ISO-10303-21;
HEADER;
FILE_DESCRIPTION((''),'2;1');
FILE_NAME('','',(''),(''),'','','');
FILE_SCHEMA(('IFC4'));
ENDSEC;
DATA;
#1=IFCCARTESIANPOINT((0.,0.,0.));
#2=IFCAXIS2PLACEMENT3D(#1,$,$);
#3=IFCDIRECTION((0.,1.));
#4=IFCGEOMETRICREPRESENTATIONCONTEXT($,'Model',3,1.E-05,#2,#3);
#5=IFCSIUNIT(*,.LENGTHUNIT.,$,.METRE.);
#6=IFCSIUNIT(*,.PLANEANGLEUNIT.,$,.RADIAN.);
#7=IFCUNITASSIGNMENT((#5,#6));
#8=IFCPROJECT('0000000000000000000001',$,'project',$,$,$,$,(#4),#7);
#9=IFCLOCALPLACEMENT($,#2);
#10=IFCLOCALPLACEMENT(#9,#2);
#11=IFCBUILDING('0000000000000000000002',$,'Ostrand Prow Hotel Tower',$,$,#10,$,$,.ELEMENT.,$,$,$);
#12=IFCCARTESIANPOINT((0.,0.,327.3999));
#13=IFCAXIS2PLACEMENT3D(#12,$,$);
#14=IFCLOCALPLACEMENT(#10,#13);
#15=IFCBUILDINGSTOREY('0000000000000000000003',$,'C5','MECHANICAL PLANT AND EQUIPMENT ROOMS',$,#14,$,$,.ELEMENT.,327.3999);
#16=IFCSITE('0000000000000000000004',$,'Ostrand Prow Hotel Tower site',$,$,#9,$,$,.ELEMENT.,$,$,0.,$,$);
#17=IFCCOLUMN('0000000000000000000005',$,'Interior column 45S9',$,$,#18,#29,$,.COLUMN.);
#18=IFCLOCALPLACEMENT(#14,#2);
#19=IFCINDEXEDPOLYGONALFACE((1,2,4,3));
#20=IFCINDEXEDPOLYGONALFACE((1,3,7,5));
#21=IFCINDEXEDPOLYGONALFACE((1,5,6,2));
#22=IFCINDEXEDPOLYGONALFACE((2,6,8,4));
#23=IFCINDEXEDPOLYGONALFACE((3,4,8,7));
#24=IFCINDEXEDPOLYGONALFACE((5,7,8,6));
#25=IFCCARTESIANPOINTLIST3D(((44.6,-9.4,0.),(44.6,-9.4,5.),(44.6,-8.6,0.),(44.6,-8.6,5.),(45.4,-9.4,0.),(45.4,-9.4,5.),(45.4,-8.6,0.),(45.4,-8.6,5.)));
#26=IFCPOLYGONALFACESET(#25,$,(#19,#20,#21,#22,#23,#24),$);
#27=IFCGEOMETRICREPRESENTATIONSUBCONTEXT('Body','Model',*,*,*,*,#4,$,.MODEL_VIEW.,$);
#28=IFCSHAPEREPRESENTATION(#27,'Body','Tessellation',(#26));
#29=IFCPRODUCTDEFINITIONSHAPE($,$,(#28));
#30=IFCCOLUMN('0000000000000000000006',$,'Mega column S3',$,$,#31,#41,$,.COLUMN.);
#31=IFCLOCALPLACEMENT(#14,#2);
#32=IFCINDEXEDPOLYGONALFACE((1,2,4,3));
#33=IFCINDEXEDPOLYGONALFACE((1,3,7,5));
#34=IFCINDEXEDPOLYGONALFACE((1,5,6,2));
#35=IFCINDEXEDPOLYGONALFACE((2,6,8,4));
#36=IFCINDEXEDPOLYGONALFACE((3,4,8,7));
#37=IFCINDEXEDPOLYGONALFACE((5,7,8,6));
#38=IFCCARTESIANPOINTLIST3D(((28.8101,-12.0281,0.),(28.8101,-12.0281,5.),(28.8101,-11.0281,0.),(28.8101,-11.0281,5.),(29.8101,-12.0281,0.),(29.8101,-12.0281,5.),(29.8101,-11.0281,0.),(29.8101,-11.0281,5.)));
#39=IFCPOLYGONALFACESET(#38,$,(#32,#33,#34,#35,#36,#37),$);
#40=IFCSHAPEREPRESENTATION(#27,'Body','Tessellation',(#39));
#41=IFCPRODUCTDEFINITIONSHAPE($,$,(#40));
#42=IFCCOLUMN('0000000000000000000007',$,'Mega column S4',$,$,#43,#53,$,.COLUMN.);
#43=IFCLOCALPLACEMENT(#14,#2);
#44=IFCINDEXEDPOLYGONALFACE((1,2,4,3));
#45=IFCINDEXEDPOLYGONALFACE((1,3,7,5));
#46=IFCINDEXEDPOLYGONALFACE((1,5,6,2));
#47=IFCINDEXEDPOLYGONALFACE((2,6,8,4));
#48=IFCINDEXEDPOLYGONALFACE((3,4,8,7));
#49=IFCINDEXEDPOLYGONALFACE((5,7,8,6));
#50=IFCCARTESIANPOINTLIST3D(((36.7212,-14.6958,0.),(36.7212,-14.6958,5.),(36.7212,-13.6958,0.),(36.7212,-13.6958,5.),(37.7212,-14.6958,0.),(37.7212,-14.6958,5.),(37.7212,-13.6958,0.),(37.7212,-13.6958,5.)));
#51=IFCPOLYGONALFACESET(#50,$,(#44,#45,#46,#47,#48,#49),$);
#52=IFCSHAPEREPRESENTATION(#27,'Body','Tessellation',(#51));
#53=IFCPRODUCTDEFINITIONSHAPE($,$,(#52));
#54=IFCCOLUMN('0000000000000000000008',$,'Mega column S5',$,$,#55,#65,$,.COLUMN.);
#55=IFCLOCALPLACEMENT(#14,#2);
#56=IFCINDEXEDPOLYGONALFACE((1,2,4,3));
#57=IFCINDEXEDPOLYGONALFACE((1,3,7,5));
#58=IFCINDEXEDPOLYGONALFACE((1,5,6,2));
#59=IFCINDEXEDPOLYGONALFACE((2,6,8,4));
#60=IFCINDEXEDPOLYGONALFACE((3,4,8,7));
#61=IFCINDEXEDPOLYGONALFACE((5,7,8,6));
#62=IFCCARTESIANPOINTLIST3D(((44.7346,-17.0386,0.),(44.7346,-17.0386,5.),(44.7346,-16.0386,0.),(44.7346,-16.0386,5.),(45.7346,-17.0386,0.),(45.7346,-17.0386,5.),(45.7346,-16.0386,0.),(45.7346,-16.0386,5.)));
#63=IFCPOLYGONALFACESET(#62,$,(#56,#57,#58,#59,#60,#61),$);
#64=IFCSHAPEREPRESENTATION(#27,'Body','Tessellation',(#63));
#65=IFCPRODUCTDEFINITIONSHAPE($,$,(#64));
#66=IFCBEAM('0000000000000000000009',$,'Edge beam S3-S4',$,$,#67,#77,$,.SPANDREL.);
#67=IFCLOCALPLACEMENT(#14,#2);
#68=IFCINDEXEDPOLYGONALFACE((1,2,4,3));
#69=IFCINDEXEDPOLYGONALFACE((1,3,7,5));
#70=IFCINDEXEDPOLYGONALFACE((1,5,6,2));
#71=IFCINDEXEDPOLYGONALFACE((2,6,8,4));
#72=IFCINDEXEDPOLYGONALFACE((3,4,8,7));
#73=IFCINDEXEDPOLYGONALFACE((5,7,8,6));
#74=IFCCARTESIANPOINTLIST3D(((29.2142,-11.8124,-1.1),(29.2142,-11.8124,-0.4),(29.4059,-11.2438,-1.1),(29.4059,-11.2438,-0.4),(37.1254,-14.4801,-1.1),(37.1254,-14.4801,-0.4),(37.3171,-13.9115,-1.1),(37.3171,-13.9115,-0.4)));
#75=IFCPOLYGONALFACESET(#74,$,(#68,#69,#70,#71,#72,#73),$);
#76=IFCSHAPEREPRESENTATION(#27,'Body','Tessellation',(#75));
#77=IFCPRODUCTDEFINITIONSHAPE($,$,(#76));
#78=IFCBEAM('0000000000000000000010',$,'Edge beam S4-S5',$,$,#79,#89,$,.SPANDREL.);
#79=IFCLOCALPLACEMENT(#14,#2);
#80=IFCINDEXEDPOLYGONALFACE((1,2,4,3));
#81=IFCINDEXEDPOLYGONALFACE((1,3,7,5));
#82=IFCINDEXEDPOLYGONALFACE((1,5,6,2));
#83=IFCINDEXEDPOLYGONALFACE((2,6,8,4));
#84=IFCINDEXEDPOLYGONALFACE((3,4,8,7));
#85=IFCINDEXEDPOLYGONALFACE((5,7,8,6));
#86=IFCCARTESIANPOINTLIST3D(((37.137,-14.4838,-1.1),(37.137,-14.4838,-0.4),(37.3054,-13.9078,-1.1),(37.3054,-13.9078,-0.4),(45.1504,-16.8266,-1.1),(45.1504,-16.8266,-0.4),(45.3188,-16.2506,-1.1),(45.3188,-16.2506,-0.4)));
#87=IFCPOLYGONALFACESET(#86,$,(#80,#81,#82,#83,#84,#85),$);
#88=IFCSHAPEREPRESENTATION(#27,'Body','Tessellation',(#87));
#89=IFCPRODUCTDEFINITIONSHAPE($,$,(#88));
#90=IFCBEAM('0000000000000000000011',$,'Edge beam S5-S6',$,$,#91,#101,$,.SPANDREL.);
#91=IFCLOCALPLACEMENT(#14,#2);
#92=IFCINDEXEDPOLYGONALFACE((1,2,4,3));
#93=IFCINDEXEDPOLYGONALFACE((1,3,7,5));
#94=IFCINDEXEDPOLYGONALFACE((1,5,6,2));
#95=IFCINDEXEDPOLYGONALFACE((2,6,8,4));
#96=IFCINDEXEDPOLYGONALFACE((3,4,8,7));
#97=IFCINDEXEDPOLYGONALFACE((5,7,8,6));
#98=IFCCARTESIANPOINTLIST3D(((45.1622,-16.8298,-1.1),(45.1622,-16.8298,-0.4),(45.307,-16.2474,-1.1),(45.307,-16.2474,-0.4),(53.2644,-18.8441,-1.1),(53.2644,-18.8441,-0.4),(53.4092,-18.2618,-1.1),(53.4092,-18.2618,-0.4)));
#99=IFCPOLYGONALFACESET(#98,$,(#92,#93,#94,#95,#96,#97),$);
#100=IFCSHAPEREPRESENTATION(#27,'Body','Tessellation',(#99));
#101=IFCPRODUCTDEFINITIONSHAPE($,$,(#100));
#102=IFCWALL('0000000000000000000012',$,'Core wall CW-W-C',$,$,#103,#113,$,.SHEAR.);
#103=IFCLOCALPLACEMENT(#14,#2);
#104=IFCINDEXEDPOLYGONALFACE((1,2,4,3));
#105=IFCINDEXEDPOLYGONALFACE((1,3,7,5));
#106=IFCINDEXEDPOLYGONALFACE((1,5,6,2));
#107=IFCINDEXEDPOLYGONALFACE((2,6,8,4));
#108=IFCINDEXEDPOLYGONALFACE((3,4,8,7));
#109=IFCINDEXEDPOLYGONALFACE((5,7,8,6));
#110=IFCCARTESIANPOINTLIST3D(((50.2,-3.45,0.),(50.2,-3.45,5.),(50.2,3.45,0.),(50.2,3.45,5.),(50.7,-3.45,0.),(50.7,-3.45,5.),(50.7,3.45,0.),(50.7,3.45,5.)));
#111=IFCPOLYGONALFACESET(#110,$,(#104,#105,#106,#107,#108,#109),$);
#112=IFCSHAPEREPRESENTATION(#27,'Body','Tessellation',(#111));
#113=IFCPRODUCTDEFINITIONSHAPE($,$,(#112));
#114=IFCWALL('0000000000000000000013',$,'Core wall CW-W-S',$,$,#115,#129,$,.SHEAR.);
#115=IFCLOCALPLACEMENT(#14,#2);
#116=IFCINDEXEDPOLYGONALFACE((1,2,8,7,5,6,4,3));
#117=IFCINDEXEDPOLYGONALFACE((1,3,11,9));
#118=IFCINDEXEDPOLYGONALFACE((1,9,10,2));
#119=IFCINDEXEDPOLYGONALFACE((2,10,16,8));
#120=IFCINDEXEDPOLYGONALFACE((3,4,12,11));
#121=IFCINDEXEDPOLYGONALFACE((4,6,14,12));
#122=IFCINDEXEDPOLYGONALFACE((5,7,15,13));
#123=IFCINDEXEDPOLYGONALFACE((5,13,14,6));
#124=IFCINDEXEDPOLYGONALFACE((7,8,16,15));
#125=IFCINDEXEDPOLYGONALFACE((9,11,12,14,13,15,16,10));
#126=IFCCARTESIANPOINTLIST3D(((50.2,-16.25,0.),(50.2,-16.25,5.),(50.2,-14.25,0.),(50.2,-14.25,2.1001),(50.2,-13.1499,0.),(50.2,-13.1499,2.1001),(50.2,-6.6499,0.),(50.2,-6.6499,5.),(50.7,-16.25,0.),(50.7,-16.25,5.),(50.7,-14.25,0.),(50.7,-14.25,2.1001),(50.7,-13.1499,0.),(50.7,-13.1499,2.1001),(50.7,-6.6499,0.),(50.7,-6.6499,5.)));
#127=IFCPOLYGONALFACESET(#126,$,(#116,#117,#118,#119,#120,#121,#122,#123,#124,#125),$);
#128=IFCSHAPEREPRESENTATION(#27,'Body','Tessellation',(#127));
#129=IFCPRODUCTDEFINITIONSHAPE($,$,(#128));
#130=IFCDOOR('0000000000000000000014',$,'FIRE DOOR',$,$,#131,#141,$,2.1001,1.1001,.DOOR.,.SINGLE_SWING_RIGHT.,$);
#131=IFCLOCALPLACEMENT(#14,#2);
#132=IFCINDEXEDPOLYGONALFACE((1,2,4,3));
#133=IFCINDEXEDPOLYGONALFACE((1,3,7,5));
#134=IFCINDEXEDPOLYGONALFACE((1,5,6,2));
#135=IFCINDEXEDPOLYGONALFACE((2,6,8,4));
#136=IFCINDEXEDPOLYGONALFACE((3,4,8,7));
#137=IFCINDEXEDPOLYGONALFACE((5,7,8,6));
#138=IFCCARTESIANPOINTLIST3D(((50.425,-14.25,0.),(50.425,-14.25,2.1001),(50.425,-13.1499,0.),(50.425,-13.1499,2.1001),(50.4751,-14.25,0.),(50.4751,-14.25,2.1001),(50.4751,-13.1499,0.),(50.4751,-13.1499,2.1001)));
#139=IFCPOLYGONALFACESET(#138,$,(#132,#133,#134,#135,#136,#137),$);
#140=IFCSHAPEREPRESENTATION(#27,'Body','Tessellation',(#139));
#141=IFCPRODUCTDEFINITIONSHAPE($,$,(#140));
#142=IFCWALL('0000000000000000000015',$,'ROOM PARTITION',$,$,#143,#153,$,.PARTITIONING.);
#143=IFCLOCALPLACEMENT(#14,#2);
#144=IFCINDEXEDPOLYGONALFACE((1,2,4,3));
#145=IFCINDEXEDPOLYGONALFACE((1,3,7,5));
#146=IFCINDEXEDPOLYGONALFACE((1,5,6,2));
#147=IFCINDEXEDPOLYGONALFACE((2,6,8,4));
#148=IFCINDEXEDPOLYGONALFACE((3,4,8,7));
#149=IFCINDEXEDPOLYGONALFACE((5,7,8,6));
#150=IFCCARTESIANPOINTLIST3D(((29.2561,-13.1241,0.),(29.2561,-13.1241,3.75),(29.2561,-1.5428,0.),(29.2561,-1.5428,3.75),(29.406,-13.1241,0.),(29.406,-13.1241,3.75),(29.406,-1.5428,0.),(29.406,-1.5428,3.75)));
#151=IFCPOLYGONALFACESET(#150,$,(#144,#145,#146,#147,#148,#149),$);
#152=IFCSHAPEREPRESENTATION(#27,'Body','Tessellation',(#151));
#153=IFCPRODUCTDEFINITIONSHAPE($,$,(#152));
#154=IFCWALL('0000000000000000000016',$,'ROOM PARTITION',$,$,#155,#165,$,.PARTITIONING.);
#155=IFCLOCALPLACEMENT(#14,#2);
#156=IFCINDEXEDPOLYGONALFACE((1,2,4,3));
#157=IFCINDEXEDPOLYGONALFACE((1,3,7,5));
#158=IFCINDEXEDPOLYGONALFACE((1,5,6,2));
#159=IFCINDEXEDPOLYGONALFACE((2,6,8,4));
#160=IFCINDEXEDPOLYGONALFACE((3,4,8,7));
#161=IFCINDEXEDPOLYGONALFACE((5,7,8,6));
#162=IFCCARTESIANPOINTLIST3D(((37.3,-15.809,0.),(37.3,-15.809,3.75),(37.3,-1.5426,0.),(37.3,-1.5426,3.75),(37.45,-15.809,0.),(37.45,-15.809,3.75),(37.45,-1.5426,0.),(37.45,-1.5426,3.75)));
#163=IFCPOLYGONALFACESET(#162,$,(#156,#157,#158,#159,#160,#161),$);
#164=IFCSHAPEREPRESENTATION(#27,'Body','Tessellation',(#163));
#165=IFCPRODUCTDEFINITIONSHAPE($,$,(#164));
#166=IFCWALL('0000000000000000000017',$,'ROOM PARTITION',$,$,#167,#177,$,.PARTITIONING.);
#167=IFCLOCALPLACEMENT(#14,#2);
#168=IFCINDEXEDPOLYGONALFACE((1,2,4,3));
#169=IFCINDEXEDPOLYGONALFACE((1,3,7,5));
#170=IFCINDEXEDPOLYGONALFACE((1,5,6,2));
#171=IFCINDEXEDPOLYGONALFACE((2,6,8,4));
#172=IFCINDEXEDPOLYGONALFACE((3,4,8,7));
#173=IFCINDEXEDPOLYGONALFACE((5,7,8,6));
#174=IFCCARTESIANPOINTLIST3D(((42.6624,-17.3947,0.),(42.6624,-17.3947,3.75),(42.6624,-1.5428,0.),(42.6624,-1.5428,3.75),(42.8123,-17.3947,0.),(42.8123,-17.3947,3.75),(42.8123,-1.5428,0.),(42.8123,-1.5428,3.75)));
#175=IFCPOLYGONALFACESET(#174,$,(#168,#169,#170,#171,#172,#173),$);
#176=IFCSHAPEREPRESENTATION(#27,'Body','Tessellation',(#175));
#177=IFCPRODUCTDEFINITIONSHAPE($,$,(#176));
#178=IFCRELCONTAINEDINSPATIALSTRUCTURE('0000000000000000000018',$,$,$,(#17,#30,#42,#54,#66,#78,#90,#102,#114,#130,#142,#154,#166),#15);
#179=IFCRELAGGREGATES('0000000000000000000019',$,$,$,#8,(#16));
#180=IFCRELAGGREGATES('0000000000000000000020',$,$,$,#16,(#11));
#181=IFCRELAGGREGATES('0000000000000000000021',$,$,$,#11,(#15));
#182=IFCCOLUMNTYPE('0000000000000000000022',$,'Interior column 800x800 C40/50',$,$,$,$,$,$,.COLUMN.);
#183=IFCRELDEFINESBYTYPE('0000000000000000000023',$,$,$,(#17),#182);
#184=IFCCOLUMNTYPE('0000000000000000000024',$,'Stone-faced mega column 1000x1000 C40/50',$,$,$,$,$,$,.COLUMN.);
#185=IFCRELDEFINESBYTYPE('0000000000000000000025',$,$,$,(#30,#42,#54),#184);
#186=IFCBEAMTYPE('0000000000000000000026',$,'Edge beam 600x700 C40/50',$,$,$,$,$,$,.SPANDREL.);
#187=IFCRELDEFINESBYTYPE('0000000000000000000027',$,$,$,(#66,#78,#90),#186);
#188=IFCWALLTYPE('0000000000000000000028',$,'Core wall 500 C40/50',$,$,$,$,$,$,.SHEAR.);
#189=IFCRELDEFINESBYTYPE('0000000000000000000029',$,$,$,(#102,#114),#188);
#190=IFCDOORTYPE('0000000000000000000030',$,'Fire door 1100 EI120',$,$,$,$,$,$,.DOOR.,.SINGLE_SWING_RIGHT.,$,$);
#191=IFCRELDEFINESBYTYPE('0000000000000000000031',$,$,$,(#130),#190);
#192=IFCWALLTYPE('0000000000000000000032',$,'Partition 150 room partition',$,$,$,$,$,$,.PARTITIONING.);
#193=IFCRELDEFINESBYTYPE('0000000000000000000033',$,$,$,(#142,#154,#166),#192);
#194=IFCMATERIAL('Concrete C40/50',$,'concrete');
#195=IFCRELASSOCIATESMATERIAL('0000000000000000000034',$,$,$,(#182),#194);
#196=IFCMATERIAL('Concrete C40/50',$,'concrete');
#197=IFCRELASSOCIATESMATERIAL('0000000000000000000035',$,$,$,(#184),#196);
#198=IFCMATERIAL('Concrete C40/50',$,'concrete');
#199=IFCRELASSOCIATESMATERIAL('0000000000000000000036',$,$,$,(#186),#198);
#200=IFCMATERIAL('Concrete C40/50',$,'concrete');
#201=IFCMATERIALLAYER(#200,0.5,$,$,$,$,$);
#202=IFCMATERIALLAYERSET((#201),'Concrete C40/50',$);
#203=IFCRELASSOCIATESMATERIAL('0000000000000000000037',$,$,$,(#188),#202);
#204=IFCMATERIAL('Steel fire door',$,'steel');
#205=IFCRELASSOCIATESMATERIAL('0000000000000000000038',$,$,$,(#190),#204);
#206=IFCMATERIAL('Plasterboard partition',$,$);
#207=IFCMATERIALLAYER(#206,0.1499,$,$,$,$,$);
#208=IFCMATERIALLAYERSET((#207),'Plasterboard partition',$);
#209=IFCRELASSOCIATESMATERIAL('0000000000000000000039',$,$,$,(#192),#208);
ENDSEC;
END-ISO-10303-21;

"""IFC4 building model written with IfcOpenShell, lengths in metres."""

from ifc_helpers import new_model, si_unit, direction, frame, frame_2d, origin, origin_2d, place, context, subcontext, project, spatial, rectangle, extrude, material, layer, layer_set, material_profile, profile_set, type_object, element, fill, save


model = new_model("IFC4")

# Units and contexts
model_context = context("Model", 3, precision=1e-05, world=origin(), true_north=direction((0.0, 1.0)))
body_context = subcontext(model_context, "Body", "Model", "MODEL_VIEW")
ifc_project = project(units=[si_unit("LENGTHUNIT", "METRE"), si_unit("PLANEANGLEUNIT", "RADIAN")], contexts=[model_context])

# Site, building, storey
site_placement = place(None, origin())
site = spatial("IfcSite", under=ifc_project, at=site_placement, Name="Ostrand Prow Hotel Tower site", CompositionType="ELEMENT", RefElevation=0.0)
building_placement = place(site_placement, origin())
building = spatial("IfcBuilding", under=site, at=building_placement, Name="Ostrand Prow Hotel Tower", CompositionType="ELEMENT")
storey_placement = place(building_placement, frame((0.0, 0.0, 327.3999)))
storey = spatial("IfcBuildingStorey", under=building, at=storey_placement, Name="C5", Description="MECHANICAL PLANT AND EQUIPMENT ROOMS", CompositionType="ELEMENT", Elevation=327.3999)

# Columns
ifc_material_1 = material(Name="Concrete C40/50", Category="concrete")
ifc_material_profile_1 = material_profile(ifc_material_1, rectangle(XDim=0.8, YDim=0.8, at=origin_2d()), Name="RC 800x800")
ifc_profile_set_1 = profile_set([ifc_material_profile_1], Name="Concrete C40/50")
column_type_1 = type_object("IfcColumnType", Name="Interior column 800x800 C40/50", PredefinedType="COLUMN", material=ifc_profile_set_1)
column_placement = place(storey_placement, frame((45.0, -9.0, 0.0), z_axis=(0.0, 0.0, 1.0), x_axis=(1.0, 0.0, 0.0)))
element("IfcColumn", 1, at=column_placement, inside=storey, type_object=column_type_1, Name="Interior column 45S9", PredefinedType="COLUMN", context=body_context, shape_type="SweptSolid", body=[
    extrude(rectangle(XDim=0.8, YDim=0.8, at=origin_2d()), origin(), (0.0, 0.0, 1.0), 5.0),
])
ifc_material_2 = material(Name="Concrete C40/50", Category="concrete")
ifc_material_profile_2 = material_profile(ifc_material_2, rectangle(XDim=1.0, YDim=1.0, at=origin_2d()), Name="RC 1000x1000")
ifc_profile_set_2 = profile_set([ifc_material_profile_2], Name="Concrete C40/50")
column_type_2 = type_object("IfcColumnType", Name="Stone-faced mega column 1000x1000 C40/50", PredefinedType="COLUMN", material=ifc_profile_set_2)
for number, where, z_axis, x_axis, name in (
    (2, (29.3101, -11.5281, 0.0), (0.0, 0.0, 1.0), (1.0, 0.0, 0.0), "Mega column S3"),
    (3, (37.2212, -14.1958, 0.0), (0.0, 0.0, 1.0), (1.0, 0.0, 0.0), "Mega column S4"),
    (4, (45.2346, -16.5386, 0.0), (0.0, 0.0, 1.0), (1.0, 0.0, 0.0), "Mega column S5"),
):
    element("IfcColumn", number, at=place(storey_placement, frame(where, z_axis=z_axis, x_axis=x_axis)), inside=storey, type_object=column_type_2, Name=name, PredefinedType="COLUMN", context=body_context, shape_type="SweptSolid", body=[
        extrude(rectangle(XDim=1.0, YDim=1.0, at=origin_2d()), origin(), (0.0, 0.0, 1.0), 5.0),
    ])

# Beams
ifc_material_3 = material(Name="Concrete C40/50", Category="concrete")
ifc_material_profile_3 = material_profile(ifc_material_3, rectangle(XDim=0.6001, YDim=0.7, at=origin_2d()), Name="RC 600x700")
ifc_profile_set_3 = profile_set([ifc_material_profile_3], Name="Concrete C40/50")
beam_type = type_object("IfcBeamType", Name="Edge beam 600x700 C40/50", PredefinedType="SPANDREL", material=ifc_profile_set_3)
for number, where, z_axis, x_axis, name in (
    (5, (29.3101, -11.5281, -0.75), (0.947575, -0.319533, 0.0), (0.319533, 0.947575, 0.0), "Edge beam S3-S4"),
    (6, (37.2212, -14.1958, -0.75), (0.959822, -0.28061, 0.0), (0.28061, 0.959822, 0.0), "Edge beam S4-S5"),
    (7, (45.2346, -16.5386, -0.75), (0.970456, -0.241276, 0.0), (0.241276, 0.970456, 0.0), "Edge beam S5-S6"),
):
    element("IfcBeam", number, at=place(storey_placement, frame(where, z_axis=z_axis, x_axis=x_axis)), inside=storey, type_object=beam_type, Name=name, PredefinedType="SPANDREL", context=body_context, shape_type="SweptSolid", body=[
        extrude(rectangle(XDim=0.6001, YDim=0.7, at=origin_2d()), origin(), (0.0, 0.0, 1.0), 8.3489),
    ])

# Wall
ifc_material_4 = material(Name="Concrete C40/50", Category="concrete")
ifc_layer_1 = layer(ifc_material_4, 0.5)
ifc_layer_set_1 = layer_set([ifc_layer_1], Name="Concrete C40/50")
wall_type_1 = type_object("IfcWallType", Name="Core wall 500 C40/50", PredefinedType="SHEAR", material=ifc_layer_set_1)
wall_1_placement = place(storey_placement, frame((50.45, -3.45, 0.0), z_axis=(0.0, 0.0, 1.0), x_axis=(0.0, 1.0, 0.0)))
element("IfcWall", 8, at=wall_1_placement, inside=storey, type_object=wall_type_1, Name="Core wall CW-W-C", PredefinedType="SHEAR", context=body_context, shape_type="SweptSolid", body=[
    extrude(rectangle(XDim=6.8999, YDim=0.5, at=frame_2d((3.45, 0.0))), origin(), (0.0, 0.0, 1.0), 5.0),
])

# Wall, opening, door
wall_2_placement = place(storey_placement, frame((50.45, -16.25, 0.0), z_axis=(0.0, 0.0, 1.0), x_axis=(0.0, 1.0, 0.0)))
wall_2 = element("IfcWall", 9, at=wall_2_placement, inside=storey, type_object=wall_type_1, Name="Core wall CW-W-S", PredefinedType="SHEAR", context=body_context, shape_type="SweptSolid", body=[
    extrude(rectangle(XDim=9.6001, YDim=0.5, at=frame_2d((4.8, 0.0))), origin(), (0.0, 0.0, 1.0), 5.0),
])
opening_1_placement = place(wall_2_placement, frame((2.0, 0.0, 0.0)))
opening_1 = element("IfcOpeningElement", 10, at=opening_1_placement, cuts=wall_2, PredefinedType="OPENING", context=body_context, shape_type="SweptSolid", body=[
    extrude(rectangle(XDim=1.1001, YDim=2.1001, at=frame_2d((0.55, 1.05))), frame((0.0, 0.26, 0.0), z_axis=(0.0, -1.0, 0.0), x_axis=(1.0, 0.0, 0.0)), (0.0, 0.0, 1.0), 0.52),
])
ifc_material_5 = material(Name="Steel fire door", Category="steel")
door_type_1 = type_object("IfcDoorType", Name="Fire door 1100 EI120", OperationType="SINGLE_SWING_RIGHT", PredefinedType="DOOR", material=ifc_material_5)
door_1_placement = place(opening_1_placement, origin())
door_1 = element("IfcDoor", 11, at=door_1_placement, inside=storey, type_object=door_type_1, Name="FIRE DOOR", OperationType="SINGLE_SWING_RIGHT", OverallHeight=2.1001, OverallWidth=1.1001, PredefinedType="DOOR", context=body_context, shape_type="SweptSolid", body=[
    extrude(rectangle(XDim=1.1001, YDim=2.1001, at=frame_2d((0.55, 1.05))), frame((0.0, 0.0249, 0.0), z_axis=(0.0, -1.0, 0.0), x_axis=(1.0, 0.0, 0.0)), (0.0, 0.0, 1.0), 0.05),
])
fill(opening_1, door_1)

# Walls
ifc_material_6 = material(Name="Plasterboard partition")
ifc_layer_2 = layer(ifc_material_6, 0.1499)
ifc_layer_set_2 = layer_set([ifc_layer_2], Name="Plasterboard partition")
wall_type_2 = type_object("IfcWallType", Name="Partition 150 room partition", PredefinedType="PARTITIONING", material=ifc_layer_set_2)
wall_3_placement = place(storey_placement, frame((29.3311, -13.124, 0.0), z_axis=(0.0, 0.0, 1.0), x_axis=(0.0, 1.0, 0.0)))
element("IfcWall", 12, at=wall_3_placement, inside=storey, type_object=wall_type_2, Name="ROOM PARTITION", PredefinedType="PARTITIONING", context=body_context, shape_type="SweptSolid", body=[
    extrude(rectangle(XDim=11.5813, YDim=0.1499, at=frame_2d((5.7905, 0.0))), origin(), (0.0, 0.0, 1.0), 3.75),
])
wall_4_placement = place(storey_placement, frame((37.375, -15.8091, 0.0), z_axis=(0.0, 0.0, 1.0), x_axis=(0.0, 1.0, 0.0)))
element("IfcWall", 13, at=wall_4_placement, inside=storey, type_object=wall_type_2, Name="ROOM PARTITION", PredefinedType="PARTITIONING", context=body_context, shape_type="SweptSolid", body=[
    extrude(rectangle(XDim=14.2664, YDim=0.1499, at=frame_2d((7.1333, 0.0))), origin(), (0.0, 0.0, 1.0), 3.75),
])
wall_5_placement = place(storey_placement, frame((42.7373, -17.3945, 0.0), z_axis=(0.0, 0.0, 1.0), x_axis=(0.0, 1.0, 0.0)))
element("IfcWall", 14, at=wall_5_placement, inside=storey, type_object=wall_type_2, Name="ROOM PARTITION", PredefinedType="PARTITIONING", context=body_context, shape_type="SweptSolid", body=[
    extrude(rectangle(XDim=15.8518, YDim=0.1499, at=frame_2d((7.9258, 0.0))), origin(), (0.0, 0.0, 1.0), 3.75),
])

save(model, "model.ifc")
